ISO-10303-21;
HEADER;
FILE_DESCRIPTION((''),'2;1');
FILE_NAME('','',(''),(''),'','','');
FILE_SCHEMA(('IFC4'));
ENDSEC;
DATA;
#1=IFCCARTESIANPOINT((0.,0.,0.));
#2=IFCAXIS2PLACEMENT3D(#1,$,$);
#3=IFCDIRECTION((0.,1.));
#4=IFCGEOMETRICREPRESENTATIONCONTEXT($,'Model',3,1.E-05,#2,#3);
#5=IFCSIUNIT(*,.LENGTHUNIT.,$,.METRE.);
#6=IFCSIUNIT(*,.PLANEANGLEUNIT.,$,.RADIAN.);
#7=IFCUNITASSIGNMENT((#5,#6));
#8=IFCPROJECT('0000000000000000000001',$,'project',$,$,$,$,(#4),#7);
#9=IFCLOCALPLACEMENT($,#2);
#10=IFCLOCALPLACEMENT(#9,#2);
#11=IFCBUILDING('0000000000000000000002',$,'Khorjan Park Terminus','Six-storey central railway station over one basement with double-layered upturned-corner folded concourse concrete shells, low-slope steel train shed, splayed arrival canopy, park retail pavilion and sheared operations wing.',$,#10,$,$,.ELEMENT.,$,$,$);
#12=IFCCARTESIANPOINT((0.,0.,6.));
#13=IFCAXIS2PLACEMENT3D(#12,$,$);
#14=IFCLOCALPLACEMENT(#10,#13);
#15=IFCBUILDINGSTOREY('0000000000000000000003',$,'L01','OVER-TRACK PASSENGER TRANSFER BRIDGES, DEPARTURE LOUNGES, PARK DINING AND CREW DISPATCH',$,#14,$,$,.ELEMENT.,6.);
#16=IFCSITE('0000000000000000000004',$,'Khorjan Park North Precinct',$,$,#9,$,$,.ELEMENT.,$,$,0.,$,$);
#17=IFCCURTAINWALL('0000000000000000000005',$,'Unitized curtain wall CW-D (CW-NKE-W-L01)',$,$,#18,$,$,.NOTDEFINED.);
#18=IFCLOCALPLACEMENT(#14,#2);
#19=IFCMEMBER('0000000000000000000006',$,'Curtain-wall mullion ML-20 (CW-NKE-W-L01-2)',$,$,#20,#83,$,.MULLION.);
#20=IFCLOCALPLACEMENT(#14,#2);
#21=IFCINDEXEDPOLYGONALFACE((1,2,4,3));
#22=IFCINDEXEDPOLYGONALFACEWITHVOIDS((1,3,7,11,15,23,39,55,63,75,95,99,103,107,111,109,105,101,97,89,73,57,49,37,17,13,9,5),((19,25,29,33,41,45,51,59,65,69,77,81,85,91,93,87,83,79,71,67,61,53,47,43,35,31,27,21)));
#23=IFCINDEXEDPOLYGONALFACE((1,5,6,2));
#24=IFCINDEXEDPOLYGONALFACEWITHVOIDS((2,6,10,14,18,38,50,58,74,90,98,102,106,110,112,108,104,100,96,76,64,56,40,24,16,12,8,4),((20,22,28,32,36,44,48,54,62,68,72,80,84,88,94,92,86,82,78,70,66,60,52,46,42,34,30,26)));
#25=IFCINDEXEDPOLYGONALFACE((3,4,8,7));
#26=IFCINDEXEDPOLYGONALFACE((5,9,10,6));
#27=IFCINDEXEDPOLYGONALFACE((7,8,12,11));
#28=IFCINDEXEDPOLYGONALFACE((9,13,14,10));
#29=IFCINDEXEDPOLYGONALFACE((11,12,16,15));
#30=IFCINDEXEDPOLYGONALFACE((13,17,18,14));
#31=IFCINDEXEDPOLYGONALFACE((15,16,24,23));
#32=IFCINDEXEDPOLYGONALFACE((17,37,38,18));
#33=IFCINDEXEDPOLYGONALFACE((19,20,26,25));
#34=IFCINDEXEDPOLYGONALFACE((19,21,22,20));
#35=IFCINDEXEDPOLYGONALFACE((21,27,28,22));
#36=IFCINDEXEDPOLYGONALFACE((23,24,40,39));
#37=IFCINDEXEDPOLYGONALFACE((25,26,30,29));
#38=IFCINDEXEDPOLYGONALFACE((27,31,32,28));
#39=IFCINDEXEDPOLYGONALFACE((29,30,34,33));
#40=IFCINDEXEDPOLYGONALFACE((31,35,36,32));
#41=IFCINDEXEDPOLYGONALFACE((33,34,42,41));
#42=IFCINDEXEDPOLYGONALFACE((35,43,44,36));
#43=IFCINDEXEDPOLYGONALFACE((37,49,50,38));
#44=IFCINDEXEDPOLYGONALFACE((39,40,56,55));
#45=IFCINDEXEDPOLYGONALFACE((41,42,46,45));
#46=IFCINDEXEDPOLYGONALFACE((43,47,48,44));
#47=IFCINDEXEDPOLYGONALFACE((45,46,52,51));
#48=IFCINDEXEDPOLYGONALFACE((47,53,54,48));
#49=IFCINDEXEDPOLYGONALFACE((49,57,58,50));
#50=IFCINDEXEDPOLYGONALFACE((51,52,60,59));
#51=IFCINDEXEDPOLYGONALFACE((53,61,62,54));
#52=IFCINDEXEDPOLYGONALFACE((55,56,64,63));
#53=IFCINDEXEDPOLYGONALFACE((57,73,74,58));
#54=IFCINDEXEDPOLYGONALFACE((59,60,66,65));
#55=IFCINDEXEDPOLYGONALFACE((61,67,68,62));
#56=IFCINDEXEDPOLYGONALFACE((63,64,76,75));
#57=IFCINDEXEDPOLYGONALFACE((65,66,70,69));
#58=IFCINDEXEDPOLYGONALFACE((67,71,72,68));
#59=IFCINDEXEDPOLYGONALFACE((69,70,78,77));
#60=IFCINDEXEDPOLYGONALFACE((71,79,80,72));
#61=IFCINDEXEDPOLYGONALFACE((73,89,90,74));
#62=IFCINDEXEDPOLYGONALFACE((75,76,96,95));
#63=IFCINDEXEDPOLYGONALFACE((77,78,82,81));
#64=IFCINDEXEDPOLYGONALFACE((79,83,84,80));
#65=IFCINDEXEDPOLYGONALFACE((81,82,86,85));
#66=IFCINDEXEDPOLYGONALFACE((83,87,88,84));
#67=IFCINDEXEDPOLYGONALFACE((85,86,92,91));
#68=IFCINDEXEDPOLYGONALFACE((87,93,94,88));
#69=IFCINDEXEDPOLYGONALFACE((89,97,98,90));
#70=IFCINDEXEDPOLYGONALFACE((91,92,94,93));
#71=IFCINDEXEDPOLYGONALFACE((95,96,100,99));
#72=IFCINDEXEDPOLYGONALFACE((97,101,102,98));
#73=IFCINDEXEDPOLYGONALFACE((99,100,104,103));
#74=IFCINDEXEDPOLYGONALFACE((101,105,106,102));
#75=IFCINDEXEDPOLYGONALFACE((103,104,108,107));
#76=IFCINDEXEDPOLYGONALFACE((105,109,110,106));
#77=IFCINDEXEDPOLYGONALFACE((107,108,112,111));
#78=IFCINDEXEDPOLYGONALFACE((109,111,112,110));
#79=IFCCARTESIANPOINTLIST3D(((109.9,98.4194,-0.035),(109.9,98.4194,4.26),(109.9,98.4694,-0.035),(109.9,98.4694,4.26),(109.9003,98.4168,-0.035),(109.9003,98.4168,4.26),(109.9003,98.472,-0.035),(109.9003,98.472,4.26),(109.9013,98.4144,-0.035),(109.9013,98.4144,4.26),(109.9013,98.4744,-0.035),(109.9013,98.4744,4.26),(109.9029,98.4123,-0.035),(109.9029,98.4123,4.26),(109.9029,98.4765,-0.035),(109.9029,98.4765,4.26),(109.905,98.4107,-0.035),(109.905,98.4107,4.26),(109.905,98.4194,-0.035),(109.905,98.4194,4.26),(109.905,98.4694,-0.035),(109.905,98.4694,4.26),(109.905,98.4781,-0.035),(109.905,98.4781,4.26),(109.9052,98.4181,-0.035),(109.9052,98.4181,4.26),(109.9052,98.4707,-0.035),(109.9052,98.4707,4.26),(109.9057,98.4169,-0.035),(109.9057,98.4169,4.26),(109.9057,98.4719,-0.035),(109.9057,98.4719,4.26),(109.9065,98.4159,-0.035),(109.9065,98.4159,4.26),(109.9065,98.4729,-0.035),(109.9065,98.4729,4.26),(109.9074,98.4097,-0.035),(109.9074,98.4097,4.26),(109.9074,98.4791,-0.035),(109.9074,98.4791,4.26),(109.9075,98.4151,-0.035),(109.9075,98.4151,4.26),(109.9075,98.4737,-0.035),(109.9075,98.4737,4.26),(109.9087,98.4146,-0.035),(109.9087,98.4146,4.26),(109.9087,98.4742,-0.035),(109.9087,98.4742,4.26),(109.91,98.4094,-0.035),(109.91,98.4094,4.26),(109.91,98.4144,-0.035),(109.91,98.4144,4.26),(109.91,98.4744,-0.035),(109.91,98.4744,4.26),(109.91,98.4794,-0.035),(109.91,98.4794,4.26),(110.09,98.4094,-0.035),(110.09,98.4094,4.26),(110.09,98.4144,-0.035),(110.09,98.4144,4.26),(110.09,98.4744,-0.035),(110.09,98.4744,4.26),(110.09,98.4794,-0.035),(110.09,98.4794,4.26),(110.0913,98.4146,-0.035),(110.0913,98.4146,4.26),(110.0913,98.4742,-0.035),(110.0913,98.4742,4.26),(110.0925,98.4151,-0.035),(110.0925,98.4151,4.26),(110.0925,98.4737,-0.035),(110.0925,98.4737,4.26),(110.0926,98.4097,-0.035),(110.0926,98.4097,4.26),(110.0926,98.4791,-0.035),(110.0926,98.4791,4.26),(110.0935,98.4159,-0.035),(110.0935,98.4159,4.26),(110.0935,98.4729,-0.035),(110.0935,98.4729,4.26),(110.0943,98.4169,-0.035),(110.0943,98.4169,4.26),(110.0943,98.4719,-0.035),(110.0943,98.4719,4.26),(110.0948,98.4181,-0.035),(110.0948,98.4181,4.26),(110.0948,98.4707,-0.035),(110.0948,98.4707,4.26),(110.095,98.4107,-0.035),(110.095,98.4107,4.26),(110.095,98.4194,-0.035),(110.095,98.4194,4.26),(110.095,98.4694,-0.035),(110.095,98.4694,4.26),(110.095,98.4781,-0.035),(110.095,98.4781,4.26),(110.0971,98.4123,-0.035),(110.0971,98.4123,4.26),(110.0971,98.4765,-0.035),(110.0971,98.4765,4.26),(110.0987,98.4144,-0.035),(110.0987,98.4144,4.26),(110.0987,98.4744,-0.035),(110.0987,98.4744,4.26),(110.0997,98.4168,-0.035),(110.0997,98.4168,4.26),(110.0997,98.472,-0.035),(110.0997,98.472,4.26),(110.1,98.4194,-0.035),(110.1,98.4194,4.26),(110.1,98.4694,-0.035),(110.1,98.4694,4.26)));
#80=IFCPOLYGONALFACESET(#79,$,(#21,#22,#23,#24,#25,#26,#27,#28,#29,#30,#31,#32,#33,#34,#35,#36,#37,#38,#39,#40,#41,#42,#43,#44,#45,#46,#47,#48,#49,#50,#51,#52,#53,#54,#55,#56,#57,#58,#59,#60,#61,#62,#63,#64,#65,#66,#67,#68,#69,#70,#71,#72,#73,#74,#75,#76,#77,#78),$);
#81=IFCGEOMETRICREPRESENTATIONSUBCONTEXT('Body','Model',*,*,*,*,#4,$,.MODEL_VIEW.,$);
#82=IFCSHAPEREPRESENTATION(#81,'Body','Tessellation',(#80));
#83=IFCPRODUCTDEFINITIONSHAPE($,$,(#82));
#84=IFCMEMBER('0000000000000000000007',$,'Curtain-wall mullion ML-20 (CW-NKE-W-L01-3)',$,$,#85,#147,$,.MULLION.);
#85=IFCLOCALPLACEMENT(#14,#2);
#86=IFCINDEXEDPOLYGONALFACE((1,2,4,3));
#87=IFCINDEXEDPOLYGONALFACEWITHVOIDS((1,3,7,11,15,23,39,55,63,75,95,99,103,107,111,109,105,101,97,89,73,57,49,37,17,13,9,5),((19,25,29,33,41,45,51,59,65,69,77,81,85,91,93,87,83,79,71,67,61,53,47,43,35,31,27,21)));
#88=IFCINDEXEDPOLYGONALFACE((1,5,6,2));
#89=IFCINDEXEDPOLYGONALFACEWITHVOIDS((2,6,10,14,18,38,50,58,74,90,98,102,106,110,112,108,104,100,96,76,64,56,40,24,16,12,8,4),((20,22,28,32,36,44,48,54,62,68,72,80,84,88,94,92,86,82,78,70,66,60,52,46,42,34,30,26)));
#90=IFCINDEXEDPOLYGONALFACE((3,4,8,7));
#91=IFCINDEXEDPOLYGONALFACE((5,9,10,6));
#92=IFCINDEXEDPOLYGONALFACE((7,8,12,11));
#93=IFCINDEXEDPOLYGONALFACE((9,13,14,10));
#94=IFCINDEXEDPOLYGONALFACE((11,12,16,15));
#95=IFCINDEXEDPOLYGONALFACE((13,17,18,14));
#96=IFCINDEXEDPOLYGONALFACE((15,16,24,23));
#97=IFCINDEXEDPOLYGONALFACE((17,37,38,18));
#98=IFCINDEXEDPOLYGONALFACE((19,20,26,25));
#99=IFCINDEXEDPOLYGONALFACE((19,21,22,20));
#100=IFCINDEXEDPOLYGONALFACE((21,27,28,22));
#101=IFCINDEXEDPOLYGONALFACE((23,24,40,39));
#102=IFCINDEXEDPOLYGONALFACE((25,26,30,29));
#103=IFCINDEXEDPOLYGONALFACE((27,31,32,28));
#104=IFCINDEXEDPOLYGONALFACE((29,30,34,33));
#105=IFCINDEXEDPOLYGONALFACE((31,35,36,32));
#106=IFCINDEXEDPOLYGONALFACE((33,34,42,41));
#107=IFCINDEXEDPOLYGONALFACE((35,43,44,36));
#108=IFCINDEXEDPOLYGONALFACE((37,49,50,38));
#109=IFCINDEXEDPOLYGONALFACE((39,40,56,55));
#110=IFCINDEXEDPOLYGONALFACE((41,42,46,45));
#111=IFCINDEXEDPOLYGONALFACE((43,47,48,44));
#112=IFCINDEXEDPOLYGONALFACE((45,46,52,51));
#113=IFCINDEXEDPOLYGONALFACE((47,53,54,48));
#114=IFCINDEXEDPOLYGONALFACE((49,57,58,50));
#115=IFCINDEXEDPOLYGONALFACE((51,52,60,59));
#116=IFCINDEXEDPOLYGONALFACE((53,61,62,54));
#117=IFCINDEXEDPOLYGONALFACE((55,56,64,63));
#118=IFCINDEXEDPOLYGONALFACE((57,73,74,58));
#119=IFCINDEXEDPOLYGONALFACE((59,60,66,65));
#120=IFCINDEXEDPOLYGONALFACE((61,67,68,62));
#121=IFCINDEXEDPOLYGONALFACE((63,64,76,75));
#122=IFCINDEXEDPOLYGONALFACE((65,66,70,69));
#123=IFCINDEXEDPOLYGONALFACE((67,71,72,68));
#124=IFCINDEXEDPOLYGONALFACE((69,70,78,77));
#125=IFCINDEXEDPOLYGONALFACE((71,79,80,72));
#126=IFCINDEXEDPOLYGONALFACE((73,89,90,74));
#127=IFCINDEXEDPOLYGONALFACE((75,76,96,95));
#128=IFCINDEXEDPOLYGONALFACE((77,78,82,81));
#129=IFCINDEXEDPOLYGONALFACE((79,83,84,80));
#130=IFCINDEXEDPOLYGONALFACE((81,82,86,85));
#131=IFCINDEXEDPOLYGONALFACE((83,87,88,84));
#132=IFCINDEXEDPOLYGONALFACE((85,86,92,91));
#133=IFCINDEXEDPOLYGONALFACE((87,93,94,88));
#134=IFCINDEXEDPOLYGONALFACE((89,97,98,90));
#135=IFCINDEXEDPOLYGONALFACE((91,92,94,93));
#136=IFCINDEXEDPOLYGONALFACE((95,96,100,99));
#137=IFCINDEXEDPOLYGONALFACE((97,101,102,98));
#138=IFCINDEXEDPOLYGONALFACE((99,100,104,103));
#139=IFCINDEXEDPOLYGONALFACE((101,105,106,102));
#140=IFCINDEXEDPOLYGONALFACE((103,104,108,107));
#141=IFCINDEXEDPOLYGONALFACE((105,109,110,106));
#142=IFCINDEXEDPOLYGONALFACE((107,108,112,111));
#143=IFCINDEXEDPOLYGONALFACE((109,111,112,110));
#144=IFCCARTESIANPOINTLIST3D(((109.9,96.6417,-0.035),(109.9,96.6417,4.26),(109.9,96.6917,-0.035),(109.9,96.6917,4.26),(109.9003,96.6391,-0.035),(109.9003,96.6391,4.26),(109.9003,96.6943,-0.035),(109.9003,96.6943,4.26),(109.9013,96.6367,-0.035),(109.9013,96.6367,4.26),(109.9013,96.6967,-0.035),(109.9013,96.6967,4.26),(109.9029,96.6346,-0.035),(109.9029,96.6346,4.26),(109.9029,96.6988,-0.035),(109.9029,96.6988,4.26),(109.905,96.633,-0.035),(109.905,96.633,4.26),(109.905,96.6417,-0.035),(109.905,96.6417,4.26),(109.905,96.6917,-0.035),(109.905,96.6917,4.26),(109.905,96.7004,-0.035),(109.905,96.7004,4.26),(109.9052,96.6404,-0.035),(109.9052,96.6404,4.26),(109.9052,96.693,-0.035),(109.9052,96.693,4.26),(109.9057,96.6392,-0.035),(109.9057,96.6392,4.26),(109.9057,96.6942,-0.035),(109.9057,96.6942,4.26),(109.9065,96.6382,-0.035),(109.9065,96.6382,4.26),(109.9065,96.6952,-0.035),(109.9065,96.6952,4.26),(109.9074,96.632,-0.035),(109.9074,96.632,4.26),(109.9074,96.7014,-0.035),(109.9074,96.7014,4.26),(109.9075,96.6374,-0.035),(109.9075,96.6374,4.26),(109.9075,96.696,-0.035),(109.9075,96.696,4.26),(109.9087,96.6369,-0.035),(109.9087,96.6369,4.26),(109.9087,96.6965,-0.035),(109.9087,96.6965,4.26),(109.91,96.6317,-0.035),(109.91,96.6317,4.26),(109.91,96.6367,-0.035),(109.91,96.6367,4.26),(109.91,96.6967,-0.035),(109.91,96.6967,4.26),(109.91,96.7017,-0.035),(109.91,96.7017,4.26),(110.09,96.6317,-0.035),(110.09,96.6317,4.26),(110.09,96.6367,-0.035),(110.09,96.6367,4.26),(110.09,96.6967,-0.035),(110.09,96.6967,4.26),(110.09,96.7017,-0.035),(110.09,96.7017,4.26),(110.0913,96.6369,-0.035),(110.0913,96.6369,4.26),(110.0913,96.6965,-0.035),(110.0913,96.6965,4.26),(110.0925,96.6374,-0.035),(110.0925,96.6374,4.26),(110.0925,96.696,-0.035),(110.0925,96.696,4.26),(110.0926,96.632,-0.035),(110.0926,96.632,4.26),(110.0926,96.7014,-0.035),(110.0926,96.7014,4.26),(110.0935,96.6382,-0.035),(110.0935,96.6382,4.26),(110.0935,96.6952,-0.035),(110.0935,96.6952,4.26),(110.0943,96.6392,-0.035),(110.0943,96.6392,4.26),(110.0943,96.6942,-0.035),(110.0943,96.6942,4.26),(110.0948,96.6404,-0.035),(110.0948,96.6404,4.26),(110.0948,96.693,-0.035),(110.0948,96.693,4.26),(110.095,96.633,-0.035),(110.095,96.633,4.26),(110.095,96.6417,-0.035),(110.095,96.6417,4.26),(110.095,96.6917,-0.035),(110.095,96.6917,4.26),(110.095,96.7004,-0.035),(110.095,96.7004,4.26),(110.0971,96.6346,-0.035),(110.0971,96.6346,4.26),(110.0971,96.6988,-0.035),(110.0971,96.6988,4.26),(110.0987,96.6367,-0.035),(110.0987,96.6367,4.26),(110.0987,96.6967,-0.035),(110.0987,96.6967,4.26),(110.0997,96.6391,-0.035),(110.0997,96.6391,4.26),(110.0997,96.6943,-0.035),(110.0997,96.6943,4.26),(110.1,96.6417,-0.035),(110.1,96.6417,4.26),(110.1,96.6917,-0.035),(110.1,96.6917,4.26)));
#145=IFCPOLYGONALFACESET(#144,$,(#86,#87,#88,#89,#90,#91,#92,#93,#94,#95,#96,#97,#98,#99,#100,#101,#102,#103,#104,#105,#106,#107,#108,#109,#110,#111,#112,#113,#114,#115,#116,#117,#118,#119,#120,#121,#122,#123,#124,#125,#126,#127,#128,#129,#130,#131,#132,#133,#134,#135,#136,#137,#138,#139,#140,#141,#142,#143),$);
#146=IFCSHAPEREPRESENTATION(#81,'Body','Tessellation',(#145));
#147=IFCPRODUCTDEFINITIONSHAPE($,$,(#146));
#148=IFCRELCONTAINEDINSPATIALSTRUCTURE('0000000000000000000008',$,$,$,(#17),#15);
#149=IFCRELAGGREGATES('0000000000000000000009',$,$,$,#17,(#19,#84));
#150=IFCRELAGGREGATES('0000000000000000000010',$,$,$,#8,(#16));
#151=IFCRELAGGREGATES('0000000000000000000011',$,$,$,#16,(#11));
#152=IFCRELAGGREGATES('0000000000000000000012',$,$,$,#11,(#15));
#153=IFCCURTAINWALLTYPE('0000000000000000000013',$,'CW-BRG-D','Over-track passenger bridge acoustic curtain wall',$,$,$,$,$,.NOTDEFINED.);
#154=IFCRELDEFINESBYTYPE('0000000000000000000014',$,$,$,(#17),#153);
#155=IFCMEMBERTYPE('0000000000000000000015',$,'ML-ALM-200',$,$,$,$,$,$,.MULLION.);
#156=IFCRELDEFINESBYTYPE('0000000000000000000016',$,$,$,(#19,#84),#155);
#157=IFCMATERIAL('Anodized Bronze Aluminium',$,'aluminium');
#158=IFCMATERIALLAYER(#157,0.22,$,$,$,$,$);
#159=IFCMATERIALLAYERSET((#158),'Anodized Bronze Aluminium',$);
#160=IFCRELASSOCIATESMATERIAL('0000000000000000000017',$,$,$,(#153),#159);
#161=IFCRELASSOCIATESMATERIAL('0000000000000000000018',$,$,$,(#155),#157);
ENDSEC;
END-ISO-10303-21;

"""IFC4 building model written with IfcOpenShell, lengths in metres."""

from ifc_helpers import new_model, si_unit, direction, frame, origin, origin_2d, place, context, subcontext, project, spatial, hollow_rectangle, extrude, material, layer, layer_set, material_profile, profile_set, type_object, element, aggregate, save


model = new_model("IFC4")

# Units and contexts
model_context = context("Model", 3, precision=1e-05, world=origin(), true_north=direction((0.0, 1.0)))
body_context = subcontext(model_context, "Body", "Model", "MODEL_VIEW")
ifc_project = project(units=[si_unit("LENGTHUNIT", "METRE"), si_unit("PLANEANGLEUNIT", "RADIAN")], contexts=[model_context])

# Site, building, storey
site_placement = place(None, origin())
site = spatial("IfcSite", under=ifc_project, at=site_placement, Name="Khorjan Park North Precinct", CompositionType="ELEMENT", RefElevation=0.0)
building_placement = place(site_placement, origin())
building = spatial("IfcBuilding", under=site, at=building_placement, Name="Khorjan Park Terminus", Description="Six-storey central railway station over one basement with double-layered upturned-corner folded concourse concrete shells, low-slope steel train shed, splayed arrival canopy, park retail pavilion and sheared operations wing.", CompositionType="ELEMENT")
storey_placement = place(building_placement, frame((0.0, 0.0, 6.0)))
storey = spatial("IfcBuildingStorey", under=building, at=storey_placement, Name="L01", Description="OVER-TRACK PASSENGER TRANSFER BRIDGES, DEPARTURE LOUNGES, PARK DINING AND CREW DISPATCH", CompositionType="ELEMENT", Elevation=6.0)

# Curtain wall, members
ifc_material_1 = material(Name="Anodized Bronze Aluminium", Category="aluminium")
ifc_layer_1 = layer(ifc_material_1, 0.22)
ifc_layer_set_1 = layer_set([ifc_layer_1], Name="Anodized Bronze Aluminium")
curtain_wall_type = type_object("IfcCurtainWallType", Name="CW-BRG-D", Description="Over-track passenger bridge acoustic curtain wall", PredefinedType="NOTDEFINED", material=ifc_layer_set_1)
curtain_wall_placement = place(storey_placement, origin())
curtain_wall = element("IfcCurtainWall", 1, at=curtain_wall_placement, inside=storey, type_object=curtain_wall_type, Name="Unitized curtain wall CW-D (CW-NKE-W-L01)", PredefinedType="NOTDEFINED")
ifc_material_profile_1 = material_profile(ifc_material_1, hollow_rectangle(XDim=0.07, YDim=0.2, WallThickness=0.005, InnerFilletRadius=0.005, OuterFilletRadius=0.01, at=origin_2d()), Name="ALM 70x200x5")
ifc_profile_set_1 = profile_set([ifc_material_profile_1], Name="Anodized Bronze Aluminium")
member_type_1 = type_object("IfcMemberType", Name="ML-ALM-200", PredefinedType="MULLION", material=ifc_profile_set_1)
member_1_placement = place(storey_placement, frame((110.0, 98.4444, -0.035), z_axis=(0.0, 0.0, 1.0), x_axis=(0.0, -1.0, 0.0)))
member_1 = element("IfcMember", 2, at=member_1_placement, type_object=member_type_1, Name="Curtain-wall mullion ML-20 (CW-NKE-W-L01-2)", PredefinedType="MULLION", context=body_context, shape_type="SweptSolid", body=[
    extrude(hollow_rectangle(XDim=0.07, YDim=0.2, WallThickness=0.005, InnerFilletRadius=0.005, OuterFilletRadius=0.01, at=origin_2d()), origin(), (0.0, 0.0, 1.0), 4.295),
])
member_2_placement = place(storey_placement, frame((110.0, 96.6667, -0.035), z_axis=(0.0, 0.0, 1.0), x_axis=(0.0, -1.0, 0.0)))
member_2 = element("IfcMember", 3, at=member_2_placement, type_object=member_type_1, Name="Curtain-wall mullion ML-20 (CW-NKE-W-L01-3)", PredefinedType="MULLION", context=body_context, shape_type="SweptSolid", body=[
    extrude(hollow_rectangle(XDim=0.07, YDim=0.2, WallThickness=0.005, InnerFilletRadius=0.005, OuterFilletRadius=0.01, at=origin_2d()), origin(), (0.0, 0.0, 1.0), 4.295),
])
aggregate(curtain_wall, [member_1, member_2])

save(model, "model.ifc")
